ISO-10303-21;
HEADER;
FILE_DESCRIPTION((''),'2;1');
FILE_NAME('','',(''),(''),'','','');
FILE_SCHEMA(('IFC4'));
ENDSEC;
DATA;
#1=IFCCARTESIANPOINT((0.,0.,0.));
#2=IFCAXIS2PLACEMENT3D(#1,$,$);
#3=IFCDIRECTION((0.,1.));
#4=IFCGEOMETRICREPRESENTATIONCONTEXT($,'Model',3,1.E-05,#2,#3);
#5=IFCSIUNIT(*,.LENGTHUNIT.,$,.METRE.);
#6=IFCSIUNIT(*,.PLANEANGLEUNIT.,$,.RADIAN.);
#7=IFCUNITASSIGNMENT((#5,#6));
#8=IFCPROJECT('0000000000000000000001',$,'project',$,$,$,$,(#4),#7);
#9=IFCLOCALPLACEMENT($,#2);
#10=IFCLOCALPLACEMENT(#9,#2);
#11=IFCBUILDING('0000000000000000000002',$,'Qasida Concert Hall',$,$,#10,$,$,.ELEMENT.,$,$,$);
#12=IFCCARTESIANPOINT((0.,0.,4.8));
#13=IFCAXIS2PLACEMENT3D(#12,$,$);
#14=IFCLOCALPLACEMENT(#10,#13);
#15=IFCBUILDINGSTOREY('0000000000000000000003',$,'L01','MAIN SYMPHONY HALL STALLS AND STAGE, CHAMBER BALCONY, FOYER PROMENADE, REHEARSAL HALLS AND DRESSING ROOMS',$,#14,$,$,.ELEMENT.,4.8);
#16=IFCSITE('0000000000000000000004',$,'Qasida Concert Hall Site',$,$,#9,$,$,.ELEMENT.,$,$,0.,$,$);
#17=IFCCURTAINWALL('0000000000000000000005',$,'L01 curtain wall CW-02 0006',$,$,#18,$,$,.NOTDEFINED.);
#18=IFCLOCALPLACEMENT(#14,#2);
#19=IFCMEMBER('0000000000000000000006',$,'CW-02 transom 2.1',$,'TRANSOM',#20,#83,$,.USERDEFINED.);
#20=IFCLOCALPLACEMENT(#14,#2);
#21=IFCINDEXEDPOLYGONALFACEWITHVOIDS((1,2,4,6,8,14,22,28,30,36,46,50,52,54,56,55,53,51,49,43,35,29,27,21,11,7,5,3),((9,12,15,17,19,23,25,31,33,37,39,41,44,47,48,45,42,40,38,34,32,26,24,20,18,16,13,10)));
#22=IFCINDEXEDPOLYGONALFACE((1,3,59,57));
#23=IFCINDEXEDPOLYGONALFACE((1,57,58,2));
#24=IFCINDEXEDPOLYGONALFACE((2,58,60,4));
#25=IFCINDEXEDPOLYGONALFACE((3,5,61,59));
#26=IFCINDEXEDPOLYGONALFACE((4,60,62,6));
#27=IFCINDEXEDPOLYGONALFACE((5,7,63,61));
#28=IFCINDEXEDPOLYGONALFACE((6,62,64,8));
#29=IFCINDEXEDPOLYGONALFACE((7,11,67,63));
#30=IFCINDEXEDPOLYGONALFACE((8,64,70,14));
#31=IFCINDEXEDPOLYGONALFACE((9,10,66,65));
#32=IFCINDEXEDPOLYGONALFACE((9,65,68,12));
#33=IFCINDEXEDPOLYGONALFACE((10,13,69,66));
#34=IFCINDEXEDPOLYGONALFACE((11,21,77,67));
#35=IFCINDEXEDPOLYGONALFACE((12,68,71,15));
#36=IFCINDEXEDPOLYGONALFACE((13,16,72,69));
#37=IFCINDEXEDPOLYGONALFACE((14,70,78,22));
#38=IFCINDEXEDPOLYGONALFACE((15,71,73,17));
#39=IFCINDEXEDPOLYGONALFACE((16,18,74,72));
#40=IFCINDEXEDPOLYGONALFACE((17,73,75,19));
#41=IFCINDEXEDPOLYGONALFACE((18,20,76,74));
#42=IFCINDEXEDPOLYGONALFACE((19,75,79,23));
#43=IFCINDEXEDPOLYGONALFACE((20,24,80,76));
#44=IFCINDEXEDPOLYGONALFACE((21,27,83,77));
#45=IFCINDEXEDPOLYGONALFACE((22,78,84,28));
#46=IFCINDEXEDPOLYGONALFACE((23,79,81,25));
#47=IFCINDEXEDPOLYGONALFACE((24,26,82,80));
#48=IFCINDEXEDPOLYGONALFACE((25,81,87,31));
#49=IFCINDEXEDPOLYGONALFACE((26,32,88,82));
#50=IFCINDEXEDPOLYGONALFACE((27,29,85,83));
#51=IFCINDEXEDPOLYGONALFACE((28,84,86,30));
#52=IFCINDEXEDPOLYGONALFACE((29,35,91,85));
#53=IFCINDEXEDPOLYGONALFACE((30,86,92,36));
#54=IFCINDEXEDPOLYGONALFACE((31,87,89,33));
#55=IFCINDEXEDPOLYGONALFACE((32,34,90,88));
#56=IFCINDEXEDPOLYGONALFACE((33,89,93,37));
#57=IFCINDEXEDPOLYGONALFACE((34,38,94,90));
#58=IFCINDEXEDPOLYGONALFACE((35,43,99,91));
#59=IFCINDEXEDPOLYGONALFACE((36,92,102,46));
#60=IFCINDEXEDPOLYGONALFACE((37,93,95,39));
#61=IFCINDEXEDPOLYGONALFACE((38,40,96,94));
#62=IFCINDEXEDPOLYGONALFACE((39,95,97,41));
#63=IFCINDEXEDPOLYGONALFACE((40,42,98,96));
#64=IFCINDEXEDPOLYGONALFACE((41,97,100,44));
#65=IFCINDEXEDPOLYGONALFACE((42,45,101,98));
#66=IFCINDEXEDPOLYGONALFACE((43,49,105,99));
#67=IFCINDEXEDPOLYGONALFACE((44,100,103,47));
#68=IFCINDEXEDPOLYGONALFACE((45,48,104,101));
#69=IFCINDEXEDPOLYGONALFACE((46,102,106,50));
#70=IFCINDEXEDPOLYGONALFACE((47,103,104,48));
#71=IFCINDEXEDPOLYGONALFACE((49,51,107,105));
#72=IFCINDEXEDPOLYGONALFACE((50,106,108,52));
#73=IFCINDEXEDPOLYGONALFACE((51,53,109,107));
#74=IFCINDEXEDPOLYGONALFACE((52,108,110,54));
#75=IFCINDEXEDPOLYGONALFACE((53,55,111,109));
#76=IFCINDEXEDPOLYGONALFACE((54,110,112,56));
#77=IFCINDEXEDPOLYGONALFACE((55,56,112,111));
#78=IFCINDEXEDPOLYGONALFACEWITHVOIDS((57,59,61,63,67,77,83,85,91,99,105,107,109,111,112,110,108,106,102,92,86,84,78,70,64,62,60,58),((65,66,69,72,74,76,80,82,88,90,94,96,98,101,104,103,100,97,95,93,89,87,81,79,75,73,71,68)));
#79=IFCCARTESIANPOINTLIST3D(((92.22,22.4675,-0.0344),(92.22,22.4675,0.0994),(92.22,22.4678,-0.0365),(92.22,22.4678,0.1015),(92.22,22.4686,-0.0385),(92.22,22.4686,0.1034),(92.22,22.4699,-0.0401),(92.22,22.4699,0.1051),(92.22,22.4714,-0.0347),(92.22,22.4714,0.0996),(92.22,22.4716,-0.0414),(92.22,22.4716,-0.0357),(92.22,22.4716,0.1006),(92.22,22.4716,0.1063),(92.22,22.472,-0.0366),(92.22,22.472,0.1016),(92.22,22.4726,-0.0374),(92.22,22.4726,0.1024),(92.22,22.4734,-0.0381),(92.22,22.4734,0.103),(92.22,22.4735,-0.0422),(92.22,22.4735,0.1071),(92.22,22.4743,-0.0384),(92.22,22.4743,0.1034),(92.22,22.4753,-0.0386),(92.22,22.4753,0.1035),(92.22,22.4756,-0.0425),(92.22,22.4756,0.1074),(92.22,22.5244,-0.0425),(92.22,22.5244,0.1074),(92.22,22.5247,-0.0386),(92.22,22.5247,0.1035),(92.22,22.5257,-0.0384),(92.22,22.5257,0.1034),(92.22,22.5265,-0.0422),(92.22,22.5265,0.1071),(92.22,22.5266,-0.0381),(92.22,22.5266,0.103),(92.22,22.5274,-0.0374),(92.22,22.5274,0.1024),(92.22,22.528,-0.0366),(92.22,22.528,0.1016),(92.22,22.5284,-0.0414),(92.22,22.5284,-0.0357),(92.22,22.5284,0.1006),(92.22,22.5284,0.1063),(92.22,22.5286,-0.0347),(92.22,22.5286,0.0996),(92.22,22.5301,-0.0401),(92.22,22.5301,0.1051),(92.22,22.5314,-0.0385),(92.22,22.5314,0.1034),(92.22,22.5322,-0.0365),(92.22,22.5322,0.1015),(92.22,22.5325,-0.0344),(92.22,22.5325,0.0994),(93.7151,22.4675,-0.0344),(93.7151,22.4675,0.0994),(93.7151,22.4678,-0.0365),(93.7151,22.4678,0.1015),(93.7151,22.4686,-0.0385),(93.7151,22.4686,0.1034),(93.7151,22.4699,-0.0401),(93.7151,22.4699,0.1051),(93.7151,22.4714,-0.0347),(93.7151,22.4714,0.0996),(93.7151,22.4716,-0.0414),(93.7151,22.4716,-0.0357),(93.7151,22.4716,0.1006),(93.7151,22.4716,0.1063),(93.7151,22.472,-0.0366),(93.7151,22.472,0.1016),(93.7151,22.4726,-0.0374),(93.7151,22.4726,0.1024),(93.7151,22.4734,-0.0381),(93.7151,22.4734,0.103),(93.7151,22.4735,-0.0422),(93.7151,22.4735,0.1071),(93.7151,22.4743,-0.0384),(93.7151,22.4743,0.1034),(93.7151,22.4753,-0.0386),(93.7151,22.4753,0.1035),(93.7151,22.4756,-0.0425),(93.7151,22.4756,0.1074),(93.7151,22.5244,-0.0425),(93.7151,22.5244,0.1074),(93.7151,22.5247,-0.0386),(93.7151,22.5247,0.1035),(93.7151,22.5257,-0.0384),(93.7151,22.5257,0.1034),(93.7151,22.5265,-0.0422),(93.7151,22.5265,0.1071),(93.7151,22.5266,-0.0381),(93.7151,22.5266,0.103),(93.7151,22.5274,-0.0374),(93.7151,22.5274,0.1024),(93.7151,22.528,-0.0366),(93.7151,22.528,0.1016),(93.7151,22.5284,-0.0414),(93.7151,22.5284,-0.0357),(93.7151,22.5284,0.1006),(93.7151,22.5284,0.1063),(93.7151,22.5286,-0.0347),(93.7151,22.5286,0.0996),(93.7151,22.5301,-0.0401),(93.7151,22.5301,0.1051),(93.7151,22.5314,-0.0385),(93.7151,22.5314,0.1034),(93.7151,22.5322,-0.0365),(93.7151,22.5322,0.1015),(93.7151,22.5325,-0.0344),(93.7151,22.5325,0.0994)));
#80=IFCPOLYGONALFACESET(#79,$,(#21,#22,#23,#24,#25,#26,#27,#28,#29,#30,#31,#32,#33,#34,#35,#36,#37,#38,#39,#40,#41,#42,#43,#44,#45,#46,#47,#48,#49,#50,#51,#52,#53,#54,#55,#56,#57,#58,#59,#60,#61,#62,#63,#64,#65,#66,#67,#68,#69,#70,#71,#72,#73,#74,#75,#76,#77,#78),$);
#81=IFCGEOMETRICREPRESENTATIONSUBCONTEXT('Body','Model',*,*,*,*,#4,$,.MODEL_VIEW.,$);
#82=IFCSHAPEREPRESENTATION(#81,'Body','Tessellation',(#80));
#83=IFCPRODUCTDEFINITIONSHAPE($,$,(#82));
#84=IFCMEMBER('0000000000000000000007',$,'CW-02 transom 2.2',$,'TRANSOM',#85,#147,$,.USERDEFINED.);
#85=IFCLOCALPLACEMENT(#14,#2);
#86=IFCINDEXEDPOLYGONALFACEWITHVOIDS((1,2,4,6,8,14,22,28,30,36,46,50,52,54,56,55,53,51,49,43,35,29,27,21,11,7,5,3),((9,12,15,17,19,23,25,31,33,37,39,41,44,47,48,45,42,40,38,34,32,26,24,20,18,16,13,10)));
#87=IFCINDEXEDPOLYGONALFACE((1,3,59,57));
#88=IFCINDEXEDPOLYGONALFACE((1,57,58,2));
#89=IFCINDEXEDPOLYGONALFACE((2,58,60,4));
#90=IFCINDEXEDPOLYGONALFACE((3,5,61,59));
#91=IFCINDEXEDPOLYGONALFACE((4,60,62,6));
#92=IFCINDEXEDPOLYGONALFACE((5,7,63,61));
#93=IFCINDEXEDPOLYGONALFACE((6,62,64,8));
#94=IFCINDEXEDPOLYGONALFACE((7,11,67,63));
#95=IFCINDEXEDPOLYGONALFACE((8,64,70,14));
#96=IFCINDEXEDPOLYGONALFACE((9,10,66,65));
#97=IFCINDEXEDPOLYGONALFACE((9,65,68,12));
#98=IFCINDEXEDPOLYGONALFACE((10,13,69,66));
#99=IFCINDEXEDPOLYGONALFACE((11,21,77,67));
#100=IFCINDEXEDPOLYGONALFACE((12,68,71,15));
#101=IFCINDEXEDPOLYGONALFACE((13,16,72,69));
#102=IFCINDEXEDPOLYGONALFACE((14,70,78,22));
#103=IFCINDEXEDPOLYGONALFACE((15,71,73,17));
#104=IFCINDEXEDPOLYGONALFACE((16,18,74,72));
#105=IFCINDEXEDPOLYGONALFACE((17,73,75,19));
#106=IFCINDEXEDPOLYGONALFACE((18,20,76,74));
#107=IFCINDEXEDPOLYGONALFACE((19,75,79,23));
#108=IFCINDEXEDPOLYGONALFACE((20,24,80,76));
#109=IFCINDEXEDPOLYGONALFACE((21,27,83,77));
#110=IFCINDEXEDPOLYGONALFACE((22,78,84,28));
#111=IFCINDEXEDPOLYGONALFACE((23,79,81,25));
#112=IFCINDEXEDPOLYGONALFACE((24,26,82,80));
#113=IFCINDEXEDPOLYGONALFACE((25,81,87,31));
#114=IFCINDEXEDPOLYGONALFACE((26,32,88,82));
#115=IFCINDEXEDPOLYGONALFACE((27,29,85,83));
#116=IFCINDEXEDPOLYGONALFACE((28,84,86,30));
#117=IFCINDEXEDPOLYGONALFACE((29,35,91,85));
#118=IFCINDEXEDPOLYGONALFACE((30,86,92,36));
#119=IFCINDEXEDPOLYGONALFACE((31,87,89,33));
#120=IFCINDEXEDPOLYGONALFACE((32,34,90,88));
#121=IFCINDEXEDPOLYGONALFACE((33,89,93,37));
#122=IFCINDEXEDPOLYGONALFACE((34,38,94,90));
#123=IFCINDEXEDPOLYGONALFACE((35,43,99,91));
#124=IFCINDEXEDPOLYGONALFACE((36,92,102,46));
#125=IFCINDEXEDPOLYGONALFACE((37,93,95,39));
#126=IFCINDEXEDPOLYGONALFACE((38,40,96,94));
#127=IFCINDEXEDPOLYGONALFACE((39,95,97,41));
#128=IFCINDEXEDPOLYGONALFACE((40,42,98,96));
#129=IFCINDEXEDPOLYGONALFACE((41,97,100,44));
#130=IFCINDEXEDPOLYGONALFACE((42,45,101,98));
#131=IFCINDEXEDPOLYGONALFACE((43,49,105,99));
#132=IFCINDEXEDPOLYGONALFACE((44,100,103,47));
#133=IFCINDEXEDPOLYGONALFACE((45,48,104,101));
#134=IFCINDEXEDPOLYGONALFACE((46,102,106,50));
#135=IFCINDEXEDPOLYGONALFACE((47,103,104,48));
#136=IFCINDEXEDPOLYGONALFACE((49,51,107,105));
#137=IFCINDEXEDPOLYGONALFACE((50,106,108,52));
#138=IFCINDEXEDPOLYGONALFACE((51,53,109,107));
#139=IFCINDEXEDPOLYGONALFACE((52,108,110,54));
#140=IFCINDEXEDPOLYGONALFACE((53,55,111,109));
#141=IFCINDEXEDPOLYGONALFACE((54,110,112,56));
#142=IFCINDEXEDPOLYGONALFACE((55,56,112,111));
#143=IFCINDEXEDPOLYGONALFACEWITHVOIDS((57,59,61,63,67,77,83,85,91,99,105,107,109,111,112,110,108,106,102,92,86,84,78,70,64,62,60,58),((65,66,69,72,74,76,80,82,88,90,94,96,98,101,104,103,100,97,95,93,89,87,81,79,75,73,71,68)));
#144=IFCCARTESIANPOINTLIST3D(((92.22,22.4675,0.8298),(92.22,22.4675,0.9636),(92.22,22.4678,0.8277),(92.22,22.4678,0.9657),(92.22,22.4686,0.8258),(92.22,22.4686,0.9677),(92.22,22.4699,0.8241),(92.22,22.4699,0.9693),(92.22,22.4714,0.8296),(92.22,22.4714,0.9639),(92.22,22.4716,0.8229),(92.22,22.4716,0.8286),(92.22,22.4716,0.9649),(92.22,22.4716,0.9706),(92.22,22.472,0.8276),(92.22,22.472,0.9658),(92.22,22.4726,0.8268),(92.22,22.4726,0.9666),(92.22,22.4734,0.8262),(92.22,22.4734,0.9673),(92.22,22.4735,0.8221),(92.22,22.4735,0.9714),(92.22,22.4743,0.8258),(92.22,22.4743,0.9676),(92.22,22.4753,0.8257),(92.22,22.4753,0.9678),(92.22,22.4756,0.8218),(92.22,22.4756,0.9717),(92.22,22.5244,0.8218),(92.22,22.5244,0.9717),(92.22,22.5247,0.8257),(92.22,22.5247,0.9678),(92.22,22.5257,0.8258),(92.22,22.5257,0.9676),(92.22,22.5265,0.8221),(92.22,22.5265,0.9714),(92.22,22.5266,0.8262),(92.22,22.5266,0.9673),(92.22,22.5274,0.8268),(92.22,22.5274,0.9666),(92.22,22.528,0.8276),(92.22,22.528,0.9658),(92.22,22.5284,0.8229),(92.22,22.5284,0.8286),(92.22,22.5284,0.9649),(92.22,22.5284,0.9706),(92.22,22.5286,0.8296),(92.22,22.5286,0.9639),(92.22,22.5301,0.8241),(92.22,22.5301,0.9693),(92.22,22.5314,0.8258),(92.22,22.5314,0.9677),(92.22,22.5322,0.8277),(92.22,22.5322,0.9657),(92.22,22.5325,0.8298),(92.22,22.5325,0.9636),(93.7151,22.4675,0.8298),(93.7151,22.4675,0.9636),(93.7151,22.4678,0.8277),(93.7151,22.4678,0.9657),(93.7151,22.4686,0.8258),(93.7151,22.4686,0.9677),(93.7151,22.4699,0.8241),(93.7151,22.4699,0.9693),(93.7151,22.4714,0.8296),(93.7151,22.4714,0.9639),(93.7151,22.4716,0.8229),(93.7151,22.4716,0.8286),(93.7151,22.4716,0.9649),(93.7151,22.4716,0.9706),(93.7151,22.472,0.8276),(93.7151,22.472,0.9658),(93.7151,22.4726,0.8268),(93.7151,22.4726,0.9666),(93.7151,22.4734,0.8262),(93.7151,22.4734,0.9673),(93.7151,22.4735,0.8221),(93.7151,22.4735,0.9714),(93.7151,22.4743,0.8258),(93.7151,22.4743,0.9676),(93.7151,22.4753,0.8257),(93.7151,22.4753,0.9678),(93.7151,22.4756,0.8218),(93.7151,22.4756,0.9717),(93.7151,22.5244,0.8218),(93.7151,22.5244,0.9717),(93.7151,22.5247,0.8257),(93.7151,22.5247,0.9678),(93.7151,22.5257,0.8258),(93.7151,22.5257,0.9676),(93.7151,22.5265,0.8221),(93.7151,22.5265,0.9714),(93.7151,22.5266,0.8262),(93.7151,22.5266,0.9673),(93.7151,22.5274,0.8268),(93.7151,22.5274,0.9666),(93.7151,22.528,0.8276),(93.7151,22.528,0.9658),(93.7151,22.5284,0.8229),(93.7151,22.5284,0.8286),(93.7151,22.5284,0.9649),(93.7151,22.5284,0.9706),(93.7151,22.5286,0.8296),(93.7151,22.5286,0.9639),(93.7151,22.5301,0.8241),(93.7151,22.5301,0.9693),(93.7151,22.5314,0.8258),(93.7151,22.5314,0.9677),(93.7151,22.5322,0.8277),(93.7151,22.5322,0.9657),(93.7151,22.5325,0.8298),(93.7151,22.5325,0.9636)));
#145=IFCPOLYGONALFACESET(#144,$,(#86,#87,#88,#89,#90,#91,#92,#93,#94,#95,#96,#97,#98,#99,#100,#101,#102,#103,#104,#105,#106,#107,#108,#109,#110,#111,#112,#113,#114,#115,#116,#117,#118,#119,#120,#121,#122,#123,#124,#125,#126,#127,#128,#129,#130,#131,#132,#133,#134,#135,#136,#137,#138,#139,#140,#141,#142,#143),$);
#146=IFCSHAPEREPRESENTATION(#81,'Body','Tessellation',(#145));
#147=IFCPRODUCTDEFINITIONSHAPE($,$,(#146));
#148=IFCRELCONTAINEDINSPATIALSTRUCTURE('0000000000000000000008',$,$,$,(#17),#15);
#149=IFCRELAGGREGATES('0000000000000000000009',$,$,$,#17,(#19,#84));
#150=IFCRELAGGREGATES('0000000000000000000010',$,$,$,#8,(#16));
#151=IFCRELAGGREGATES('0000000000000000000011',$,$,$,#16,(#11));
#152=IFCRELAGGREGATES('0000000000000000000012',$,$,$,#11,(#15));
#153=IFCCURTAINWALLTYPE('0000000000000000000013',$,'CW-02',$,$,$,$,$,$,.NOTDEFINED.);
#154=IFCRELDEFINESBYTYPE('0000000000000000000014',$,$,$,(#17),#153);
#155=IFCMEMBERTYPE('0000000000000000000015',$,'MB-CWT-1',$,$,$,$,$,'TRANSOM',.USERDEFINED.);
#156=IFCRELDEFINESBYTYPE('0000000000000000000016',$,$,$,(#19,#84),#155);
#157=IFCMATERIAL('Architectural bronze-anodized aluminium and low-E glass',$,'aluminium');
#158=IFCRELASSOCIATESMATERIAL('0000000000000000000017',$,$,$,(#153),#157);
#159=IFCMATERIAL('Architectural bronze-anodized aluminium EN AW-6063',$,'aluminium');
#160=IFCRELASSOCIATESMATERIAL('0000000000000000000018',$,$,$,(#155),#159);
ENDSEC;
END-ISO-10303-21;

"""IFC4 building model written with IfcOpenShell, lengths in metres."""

from ifc_helpers import new_model, si_unit, direction, frame, origin, origin_2d, place, context, subcontext, project, spatial, hollow_rectangle, extrude, material, material_profile, profile_set, type_object, element, aggregate, save


model = new_model("IFC4")

# Units and contexts
model_context = context("Model", 3, precision=1e-05, world=origin(), true_north=direction((0.0, 1.0)))
body_context = subcontext(model_context, "Body", "Model", "MODEL_VIEW")
ifc_project = project(units=[si_unit("LENGTHUNIT", "METRE"), si_unit("PLANEANGLEUNIT", "RADIAN")], contexts=[model_context])

# Site, building, storey
site_placement = place(None, origin())
site = spatial("IfcSite", under=ifc_project, at=site_placement, Name="Qasida Concert Hall Site", CompositionType="ELEMENT", RefElevation=0.0)
building_placement = place(site_placement, origin())
building = spatial("IfcBuilding", under=site, at=building_placement, Name="Qasida Concert Hall", CompositionType="ELEMENT")
storey_placement = place(building_placement, frame((0.0, 0.0, 4.8)))
storey = spatial("IfcBuildingStorey", under=building, at=storey_placement, Name="L01", Description="MAIN SYMPHONY HALL STALLS AND STAGE, CHAMBER BALCONY, FOYER PROMENADE, REHEARSAL HALLS AND DRESSING ROOMS", CompositionType="ELEMENT", Elevation=4.8)

# Curtain wall, members
ifc_material_1 = material(Name="Architectural bronze-anodized aluminium and low-E glass", Category="aluminium")
curtain_wall_type = type_object("IfcCurtainWallType", Name="CW-02", PredefinedType="NOTDEFINED", material=ifc_material_1)
curtain_wall_placement = place(storey_placement, origin())
curtain_wall = element("IfcCurtainWall", 1, at=curtain_wall_placement, inside=storey, type_object=curtain_wall_type, Name="L01 curtain wall CW-02 0006", PredefinedType="NOTDEFINED")
ifc_material_2 = material(Name="Architectural bronze-anodized aluminium EN AW-6063", Category="aluminium")
ifc_material_profile_1 = material_profile(ifc_material_2, hollow_rectangle(XDim=0.0649, YDim=0.1499, WallThickness=0.0039, InnerFilletRadius=0.0039, OuterFilletRadius=0.0081, at=origin_2d()), Name="CWT 150x65x4")
ifc_profile_set_1 = profile_set([ifc_material_profile_1], Name="Architectural bronze-anodized aluminium EN AW-6063")
member_type_1 = type_object("IfcMemberType", Name="MB-CWT-1", ElementType="TRANSOM", PredefinedType="USERDEFINED", material=ifc_profile_set_1)
member_1_placement = place(storey_placement, frame((92.22, 22.5, 0.0325), z_axis=(1.0, 0.0, 0.0), x_axis=(0.0, 1.0, 0.0)))
member_1 = element("IfcMember", 2, at=member_1_placement, type_object=member_type_1, Name="CW-02 transom 2.1", ObjectType="TRANSOM", PredefinedType="USERDEFINED", context=body_context, shape_type="SweptSolid", body=[
    extrude(hollow_rectangle(XDim=0.0649, YDim=0.1499, WallThickness=0.0039, InnerFilletRadius=0.0039, OuterFilletRadius=0.0081, at=origin_2d()), origin(), (0.0, 0.0, 1.0), 1.4951),
])
member_2_placement = place(storey_placement, frame((92.22, 22.5, 0.8967), z_axis=(1.0, 0.0, 0.0), x_axis=(0.0, 1.0, 0.0)))
member_2 = element("IfcMember", 3, at=member_2_placement, type_object=member_type_1, Name="CW-02 transom 2.2", ObjectType="TRANSOM", PredefinedType="USERDEFINED", context=body_context, shape_type="SweptSolid", body=[
    extrude(hollow_rectangle(XDim=0.0649, YDim=0.1499, WallThickness=0.0039, InnerFilletRadius=0.0039, OuterFilletRadius=0.0081, at=origin_2d()), origin(), (0.0, 0.0, 1.0), 1.4951),
])
aggregate(curtain_wall, [member_1, member_2])

save(model, "model.ifc")
